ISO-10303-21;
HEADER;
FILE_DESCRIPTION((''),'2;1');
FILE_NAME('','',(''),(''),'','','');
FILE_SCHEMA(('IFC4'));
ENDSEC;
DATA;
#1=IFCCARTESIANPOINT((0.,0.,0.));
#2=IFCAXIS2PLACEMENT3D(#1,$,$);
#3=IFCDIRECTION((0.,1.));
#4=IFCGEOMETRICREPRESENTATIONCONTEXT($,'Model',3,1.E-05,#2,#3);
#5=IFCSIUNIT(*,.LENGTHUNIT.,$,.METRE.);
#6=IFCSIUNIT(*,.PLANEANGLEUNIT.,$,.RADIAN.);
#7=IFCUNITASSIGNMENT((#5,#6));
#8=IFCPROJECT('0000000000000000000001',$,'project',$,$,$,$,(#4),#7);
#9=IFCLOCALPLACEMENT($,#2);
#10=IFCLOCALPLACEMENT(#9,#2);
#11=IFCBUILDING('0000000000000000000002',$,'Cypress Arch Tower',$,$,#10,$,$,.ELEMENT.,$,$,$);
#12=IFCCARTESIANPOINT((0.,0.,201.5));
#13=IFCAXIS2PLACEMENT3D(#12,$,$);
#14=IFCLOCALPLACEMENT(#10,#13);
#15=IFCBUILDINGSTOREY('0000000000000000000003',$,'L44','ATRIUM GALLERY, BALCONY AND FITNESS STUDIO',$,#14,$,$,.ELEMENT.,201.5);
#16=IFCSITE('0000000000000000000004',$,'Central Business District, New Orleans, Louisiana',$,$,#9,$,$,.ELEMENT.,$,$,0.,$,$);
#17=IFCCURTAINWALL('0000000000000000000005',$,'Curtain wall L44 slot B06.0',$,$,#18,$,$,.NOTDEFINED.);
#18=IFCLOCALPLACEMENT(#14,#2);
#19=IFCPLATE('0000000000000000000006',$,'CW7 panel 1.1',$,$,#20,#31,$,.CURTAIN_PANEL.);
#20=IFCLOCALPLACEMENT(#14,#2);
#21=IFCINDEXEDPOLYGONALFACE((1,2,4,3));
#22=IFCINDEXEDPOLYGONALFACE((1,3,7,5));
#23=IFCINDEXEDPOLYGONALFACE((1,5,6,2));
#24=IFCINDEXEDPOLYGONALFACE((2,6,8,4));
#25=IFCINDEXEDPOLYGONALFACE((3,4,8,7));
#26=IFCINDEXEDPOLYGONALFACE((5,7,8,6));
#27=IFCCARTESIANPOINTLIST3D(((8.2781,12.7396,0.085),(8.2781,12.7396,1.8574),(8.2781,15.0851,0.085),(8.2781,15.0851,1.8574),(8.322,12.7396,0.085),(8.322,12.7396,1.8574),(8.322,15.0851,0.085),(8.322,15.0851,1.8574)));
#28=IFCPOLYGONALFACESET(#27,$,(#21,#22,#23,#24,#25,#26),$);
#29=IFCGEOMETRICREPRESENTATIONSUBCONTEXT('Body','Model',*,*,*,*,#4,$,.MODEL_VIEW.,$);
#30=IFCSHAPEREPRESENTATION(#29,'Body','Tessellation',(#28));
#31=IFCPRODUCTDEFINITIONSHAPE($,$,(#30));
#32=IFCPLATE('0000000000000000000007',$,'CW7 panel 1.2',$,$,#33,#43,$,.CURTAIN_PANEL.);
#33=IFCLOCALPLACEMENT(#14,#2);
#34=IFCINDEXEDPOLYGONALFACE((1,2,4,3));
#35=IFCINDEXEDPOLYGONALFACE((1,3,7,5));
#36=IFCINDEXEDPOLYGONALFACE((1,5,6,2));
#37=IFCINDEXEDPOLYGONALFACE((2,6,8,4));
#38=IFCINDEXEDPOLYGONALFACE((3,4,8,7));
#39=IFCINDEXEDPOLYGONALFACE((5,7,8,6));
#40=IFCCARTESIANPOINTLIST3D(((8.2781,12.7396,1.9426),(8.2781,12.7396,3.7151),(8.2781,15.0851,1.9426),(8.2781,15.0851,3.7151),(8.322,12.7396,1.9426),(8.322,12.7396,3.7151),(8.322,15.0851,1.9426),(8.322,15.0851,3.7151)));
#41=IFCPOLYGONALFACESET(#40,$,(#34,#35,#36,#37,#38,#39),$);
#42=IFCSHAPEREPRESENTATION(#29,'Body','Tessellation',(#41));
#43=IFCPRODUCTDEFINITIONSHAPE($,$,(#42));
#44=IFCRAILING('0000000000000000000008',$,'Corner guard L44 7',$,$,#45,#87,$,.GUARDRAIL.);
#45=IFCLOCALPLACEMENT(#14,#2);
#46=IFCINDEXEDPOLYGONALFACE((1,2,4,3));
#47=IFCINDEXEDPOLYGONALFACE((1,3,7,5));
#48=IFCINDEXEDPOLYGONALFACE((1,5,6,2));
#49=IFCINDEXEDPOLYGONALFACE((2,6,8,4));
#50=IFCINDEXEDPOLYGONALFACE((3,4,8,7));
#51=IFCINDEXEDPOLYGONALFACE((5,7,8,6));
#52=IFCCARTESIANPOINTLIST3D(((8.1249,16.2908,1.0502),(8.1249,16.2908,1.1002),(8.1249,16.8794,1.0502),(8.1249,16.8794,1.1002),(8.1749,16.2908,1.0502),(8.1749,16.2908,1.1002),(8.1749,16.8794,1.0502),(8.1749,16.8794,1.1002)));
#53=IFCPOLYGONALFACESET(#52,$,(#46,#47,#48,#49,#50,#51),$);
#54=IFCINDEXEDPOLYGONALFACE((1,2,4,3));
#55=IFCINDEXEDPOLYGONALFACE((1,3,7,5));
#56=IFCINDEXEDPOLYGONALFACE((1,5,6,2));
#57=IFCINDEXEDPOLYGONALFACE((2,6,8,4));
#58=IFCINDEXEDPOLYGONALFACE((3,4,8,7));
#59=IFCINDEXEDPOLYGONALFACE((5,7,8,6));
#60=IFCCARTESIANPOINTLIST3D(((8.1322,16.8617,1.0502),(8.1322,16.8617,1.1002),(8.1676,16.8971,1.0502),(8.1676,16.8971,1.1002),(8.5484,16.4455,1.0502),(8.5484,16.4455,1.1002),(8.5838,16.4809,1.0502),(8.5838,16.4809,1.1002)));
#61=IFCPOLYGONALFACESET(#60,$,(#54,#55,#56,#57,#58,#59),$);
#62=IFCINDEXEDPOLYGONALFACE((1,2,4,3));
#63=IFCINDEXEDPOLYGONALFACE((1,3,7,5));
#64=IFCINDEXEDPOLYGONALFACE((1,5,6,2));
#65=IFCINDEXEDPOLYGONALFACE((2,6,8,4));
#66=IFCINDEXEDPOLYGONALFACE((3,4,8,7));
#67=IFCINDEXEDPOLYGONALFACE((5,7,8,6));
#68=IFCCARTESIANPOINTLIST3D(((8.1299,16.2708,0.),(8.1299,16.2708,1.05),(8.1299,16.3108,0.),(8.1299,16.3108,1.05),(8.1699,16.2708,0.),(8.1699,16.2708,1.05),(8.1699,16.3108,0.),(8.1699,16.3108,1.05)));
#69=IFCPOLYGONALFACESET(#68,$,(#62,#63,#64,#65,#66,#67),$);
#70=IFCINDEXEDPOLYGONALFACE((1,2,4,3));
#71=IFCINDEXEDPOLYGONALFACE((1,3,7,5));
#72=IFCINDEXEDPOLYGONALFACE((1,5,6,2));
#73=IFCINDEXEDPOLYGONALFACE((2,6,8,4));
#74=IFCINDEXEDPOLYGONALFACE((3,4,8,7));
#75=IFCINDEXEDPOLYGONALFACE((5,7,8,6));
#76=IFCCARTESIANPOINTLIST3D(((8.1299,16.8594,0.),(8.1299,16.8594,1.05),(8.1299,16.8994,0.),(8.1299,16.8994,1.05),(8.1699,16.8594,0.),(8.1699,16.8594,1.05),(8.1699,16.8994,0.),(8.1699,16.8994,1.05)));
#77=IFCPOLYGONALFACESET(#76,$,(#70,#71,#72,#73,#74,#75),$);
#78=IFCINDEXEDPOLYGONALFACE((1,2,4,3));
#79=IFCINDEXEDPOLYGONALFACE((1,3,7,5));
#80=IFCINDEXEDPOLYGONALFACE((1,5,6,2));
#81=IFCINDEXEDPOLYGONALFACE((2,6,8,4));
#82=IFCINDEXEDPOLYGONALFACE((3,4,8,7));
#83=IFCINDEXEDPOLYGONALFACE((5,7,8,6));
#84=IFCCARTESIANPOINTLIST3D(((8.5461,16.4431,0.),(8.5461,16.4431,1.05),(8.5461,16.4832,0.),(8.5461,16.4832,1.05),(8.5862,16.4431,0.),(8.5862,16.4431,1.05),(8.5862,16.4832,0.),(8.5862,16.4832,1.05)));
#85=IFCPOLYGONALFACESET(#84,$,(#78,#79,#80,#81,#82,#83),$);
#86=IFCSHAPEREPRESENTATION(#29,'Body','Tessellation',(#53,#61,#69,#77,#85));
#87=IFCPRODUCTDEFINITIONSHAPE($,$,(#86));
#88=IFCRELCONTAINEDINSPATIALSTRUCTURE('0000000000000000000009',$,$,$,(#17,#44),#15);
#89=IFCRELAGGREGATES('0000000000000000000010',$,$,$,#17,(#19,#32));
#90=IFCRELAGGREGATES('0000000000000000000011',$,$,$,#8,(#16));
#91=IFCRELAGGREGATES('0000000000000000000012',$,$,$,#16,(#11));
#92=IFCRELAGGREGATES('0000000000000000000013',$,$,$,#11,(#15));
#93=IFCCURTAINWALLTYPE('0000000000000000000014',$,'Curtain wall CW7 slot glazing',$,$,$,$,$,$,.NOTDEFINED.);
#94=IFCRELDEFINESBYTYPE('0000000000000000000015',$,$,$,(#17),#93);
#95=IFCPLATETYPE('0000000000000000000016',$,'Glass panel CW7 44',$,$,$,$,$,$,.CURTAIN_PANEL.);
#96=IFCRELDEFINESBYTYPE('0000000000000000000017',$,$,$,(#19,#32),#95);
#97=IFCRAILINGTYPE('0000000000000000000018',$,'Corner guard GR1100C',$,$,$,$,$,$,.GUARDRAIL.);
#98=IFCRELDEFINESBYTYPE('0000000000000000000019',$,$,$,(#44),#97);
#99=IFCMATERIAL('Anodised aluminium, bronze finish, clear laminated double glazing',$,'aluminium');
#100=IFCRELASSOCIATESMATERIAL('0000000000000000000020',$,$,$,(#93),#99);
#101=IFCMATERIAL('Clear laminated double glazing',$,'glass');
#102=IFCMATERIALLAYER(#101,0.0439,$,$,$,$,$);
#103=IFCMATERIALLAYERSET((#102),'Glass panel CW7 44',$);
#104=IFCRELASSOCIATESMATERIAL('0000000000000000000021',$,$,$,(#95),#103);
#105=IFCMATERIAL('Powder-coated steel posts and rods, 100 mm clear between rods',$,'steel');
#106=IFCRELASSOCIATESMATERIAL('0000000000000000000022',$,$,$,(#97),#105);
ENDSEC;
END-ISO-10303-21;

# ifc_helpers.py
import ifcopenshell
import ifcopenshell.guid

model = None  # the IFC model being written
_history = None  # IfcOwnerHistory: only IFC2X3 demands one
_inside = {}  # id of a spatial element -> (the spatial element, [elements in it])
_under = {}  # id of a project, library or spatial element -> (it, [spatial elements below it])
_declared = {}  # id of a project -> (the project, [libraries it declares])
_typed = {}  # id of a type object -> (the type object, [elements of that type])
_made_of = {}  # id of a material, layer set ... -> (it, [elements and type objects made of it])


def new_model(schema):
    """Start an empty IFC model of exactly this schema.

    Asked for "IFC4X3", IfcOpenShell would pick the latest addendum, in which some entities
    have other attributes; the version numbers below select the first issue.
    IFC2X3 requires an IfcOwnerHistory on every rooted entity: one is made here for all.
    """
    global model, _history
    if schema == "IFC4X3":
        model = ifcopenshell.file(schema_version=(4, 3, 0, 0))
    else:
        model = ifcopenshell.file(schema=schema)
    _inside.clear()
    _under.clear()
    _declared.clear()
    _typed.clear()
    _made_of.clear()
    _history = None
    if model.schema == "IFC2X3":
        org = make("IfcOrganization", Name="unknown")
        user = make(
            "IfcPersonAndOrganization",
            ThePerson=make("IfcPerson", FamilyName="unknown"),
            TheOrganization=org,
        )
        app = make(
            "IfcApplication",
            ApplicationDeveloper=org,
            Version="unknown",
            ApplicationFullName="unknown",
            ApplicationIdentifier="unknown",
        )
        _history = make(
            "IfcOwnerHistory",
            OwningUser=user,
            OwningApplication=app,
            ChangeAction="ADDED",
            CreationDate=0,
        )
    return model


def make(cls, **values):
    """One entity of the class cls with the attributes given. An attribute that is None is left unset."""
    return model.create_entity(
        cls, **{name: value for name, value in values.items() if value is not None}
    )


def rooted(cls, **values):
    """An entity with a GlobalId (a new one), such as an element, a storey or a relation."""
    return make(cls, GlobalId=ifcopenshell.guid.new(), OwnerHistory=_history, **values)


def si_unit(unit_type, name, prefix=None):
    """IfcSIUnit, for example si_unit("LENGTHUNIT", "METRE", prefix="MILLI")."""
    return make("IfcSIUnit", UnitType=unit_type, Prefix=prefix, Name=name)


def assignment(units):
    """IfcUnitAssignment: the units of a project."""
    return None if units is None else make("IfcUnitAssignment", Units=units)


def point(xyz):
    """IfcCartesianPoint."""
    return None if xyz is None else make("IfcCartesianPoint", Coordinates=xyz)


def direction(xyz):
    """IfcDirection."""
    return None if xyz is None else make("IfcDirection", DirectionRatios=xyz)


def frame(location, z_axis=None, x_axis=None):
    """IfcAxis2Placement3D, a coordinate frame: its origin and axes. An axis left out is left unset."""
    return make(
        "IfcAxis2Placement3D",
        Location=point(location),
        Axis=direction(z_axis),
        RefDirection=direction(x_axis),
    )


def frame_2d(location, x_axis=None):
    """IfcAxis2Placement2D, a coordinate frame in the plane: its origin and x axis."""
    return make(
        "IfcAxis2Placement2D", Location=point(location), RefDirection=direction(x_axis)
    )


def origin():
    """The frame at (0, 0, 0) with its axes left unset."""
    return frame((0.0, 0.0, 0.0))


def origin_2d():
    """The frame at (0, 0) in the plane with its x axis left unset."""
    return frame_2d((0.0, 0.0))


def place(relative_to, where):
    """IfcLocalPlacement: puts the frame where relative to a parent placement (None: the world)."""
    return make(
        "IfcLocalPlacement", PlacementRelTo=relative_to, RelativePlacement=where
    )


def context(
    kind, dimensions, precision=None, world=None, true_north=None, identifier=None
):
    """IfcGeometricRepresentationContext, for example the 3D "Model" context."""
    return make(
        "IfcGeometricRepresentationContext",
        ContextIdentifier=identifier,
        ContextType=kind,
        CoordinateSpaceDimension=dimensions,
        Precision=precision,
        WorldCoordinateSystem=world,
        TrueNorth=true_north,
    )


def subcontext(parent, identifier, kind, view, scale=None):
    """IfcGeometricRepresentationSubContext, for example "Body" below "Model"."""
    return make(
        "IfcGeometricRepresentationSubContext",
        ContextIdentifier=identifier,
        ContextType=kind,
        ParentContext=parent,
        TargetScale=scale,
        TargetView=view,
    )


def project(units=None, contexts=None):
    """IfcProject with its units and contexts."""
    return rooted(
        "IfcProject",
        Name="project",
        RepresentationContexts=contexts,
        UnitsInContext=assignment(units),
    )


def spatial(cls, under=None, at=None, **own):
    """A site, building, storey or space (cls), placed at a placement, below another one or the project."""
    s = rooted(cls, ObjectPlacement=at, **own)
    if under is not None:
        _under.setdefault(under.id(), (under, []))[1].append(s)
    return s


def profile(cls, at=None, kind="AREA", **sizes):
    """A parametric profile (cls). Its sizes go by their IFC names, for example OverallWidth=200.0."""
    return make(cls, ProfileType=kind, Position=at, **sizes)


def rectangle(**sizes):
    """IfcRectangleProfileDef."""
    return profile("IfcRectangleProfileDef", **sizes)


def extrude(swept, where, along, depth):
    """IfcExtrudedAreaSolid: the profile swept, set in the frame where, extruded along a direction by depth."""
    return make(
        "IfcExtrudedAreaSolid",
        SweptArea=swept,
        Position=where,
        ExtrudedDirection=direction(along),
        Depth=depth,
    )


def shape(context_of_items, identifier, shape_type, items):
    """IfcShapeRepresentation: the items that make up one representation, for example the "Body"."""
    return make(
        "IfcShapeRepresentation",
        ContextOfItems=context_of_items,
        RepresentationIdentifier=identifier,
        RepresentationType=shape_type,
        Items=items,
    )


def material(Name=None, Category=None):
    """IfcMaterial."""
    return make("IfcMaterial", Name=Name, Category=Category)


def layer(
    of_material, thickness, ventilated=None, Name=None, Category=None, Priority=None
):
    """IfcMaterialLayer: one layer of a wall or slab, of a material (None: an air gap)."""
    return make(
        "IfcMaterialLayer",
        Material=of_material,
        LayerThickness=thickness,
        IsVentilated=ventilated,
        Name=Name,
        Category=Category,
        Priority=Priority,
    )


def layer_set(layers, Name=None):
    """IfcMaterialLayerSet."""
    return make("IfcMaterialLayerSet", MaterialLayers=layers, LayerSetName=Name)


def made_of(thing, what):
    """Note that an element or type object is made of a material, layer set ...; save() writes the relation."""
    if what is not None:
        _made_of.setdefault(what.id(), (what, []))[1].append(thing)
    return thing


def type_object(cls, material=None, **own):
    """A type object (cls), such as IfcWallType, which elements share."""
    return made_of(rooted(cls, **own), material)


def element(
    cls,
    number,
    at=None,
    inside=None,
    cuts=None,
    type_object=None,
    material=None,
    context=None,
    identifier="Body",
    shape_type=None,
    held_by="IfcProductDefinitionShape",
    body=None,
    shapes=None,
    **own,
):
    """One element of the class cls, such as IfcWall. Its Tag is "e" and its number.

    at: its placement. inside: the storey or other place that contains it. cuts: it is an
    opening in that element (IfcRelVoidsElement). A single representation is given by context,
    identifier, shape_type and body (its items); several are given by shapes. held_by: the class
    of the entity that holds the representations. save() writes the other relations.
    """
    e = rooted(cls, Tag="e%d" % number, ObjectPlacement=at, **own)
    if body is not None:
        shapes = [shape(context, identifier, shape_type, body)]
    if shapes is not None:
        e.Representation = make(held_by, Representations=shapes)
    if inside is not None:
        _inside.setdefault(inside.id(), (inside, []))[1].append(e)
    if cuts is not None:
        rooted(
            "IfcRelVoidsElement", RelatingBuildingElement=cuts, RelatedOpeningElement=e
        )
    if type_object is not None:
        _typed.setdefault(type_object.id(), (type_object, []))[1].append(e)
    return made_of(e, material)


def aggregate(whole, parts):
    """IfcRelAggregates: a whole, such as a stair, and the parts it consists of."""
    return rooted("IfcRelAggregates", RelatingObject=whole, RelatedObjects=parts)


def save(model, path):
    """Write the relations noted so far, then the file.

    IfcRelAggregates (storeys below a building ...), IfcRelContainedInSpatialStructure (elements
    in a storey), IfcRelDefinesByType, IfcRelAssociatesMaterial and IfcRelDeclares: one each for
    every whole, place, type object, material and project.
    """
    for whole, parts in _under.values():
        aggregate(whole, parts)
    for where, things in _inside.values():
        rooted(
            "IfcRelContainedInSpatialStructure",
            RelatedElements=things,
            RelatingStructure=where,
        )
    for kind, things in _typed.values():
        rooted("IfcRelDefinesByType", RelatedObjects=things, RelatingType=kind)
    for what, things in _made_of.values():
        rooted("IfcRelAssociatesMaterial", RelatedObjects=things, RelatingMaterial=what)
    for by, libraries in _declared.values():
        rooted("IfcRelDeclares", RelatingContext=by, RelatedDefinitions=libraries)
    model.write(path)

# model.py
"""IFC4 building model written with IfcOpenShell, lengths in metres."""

from ifc_helpers import new_model, si_unit, direction, frame, origin, origin_2d, place, context, subcontext, project, spatial, rectangle, extrude, material, layer, layer_set, type_object, element, aggregate, save


model = new_model("IFC4")

# Units and contexts
model_context = context("Model", 3, precision=1e-05, world=origin(), true_north=direction((0.0, 1.0)))
body_context = subcontext(model_context, "Body", "Model", "MODEL_VIEW")
ifc_project = project(units=[si_unit("LENGTHUNIT", "METRE"), si_unit("PLANEANGLEUNIT", "RADIAN")], contexts=[model_context])

# Site, building, storey
site_placement = place(None, origin())
site = spatial("IfcSite", under=ifc_project, at=site_placement, Name="Central Business District, New Orleans, Louisiana", CompositionType="ELEMENT", RefElevation=0.0)
building_placement = place(site_placement, origin())
building = spatial("IfcBuilding", under=site, at=building_placement, Name="Cypress Arch Tower", CompositionType="ELEMENT")
storey_placement = place(building_placement, frame((0.0, 0.0, 201.5)))
storey = spatial("IfcBuildingStorey", under=building, at=storey_placement, Name="L44", Description="ATRIUM GALLERY, BALCONY AND FITNESS STUDIO", CompositionType="ELEMENT", Elevation=201.5)

# Curtain wall
ifc_material_1 = material(Name="Anodised aluminium, bronze finish, clear laminated double glazing", Category="aluminium")
curtain_wall_type = type_object("IfcCurtainWallType", Name="Curtain wall CW7 slot glazing", PredefinedType="NOTDEFINED", material=ifc_material_1)
curtain_wall_placement = place(storey_placement, origin())
curtain_wall = element("IfcCurtainWall", 1, at=curtain_wall_placement, inside=storey, type_object=curtain_wall_type, Name="Curtain wall L44 slot B06.0", PredefinedType="NOTDEFINED")

# Plates
ifc_material_2 = material(Name="Clear laminated double glazing", Category="glass")
ifc_layer_1 = layer(ifc_material_2, 0.0439)
ifc_layer_set_1 = layer_set([ifc_layer_1], Name="Glass panel CW7 44")
plate_type = type_object("IfcPlateType", Name="Glass panel CW7 44", PredefinedType="CURTAIN_PANEL", material=ifc_layer_set_1)
plate_1_placement = place(storey_placement, frame((8.3, 13.9124, 0.085), z_axis=(0.0, 0.0, 1.0), x_axis=(0.0, -1.0, 0.0)))
plate_1 = element("IfcPlate", 2, at=plate_1_placement, type_object=plate_type, Name="CW7 panel 1.1", PredefinedType="CURTAIN_PANEL", context=body_context, shape_type="SweptSolid", body=[
    extrude(rectangle(XDim=2.3455, YDim=0.0439, at=origin_2d()), origin(), (0.0, 0.0, 1.0), 1.7725),
])
plate_2_placement = place(storey_placement, frame((8.3, 13.9124, 1.9426), z_axis=(0.0, 0.0, 1.0), x_axis=(0.0, -1.0, 0.0)))
plate_2 = element("IfcPlate", 3, at=plate_2_placement, type_object=plate_type, Name="CW7 panel 1.2", PredefinedType="CURTAIN_PANEL", context=body_context, shape_type="SweptSolid", body=[
    extrude(rectangle(XDim=2.3455, YDim=0.0439, at=origin_2d()), origin(), (0.0, 0.0, 1.0), 1.7725),
])
aggregate(curtain_wall, [plate_1, plate_2])

# Railing
ifc_material_3 = material(Name="Powder-coated steel posts and rods, 100 mm clear between rods", Category="steel")
railing_type_1 = type_object("IfcRailingType", Name="Corner guard GR1100C", PredefinedType="GUARDRAIL", material=ifc_material_3)
railing_1_placement = place(storey_placement, frame((8.1499, 16.2908, 0.0)))
element("IfcRailing", 4, at=railing_1_placement, inside=storey, type_object=railing_type_1, Name="Corner guard L44 7", PredefinedType="GUARDRAIL", context=body_context, shape_type="SweptSolid", body=[
    extrude(rectangle(XDim=0.05, YDim=0.05, at=origin_2d()), frame((0.0, 0.0, 1.0752), z_axis=(0.0, 1.0, 0.0), x_axis=(-1.0, 0.0, 0.0)), (0.0, 0.0, 1.0), 0.5886),
    extrude(rectangle(XDim=0.05, YDim=0.05, at=origin_2d()), frame((0.0, 0.5886, 1.0752), z_axis=(0.707107, -0.707107, 0.0), x_axis=(0.707107, 0.707107, 0.0)), (0.0, 0.0, 1.0), 0.5886),
    extrude(rectangle(XDim=0.04, YDim=0.04, at=origin_2d()), origin(), (0.0, 0.0, 1.0), 1.05),
    extrude(rectangle(XDim=0.04, YDim=0.04, at=origin_2d()), frame((0.0, 0.5886, 0.0)), (0.0, 0.0, 1.0), 1.05),
    extrude(rectangle(XDim=0.04, YDim=0.04, at=origin_2d()), frame((0.4163, 0.1724, 0.0)), (0.0, 0.0, 1.0), 1.05),
])

save(model, "model.ifc")
